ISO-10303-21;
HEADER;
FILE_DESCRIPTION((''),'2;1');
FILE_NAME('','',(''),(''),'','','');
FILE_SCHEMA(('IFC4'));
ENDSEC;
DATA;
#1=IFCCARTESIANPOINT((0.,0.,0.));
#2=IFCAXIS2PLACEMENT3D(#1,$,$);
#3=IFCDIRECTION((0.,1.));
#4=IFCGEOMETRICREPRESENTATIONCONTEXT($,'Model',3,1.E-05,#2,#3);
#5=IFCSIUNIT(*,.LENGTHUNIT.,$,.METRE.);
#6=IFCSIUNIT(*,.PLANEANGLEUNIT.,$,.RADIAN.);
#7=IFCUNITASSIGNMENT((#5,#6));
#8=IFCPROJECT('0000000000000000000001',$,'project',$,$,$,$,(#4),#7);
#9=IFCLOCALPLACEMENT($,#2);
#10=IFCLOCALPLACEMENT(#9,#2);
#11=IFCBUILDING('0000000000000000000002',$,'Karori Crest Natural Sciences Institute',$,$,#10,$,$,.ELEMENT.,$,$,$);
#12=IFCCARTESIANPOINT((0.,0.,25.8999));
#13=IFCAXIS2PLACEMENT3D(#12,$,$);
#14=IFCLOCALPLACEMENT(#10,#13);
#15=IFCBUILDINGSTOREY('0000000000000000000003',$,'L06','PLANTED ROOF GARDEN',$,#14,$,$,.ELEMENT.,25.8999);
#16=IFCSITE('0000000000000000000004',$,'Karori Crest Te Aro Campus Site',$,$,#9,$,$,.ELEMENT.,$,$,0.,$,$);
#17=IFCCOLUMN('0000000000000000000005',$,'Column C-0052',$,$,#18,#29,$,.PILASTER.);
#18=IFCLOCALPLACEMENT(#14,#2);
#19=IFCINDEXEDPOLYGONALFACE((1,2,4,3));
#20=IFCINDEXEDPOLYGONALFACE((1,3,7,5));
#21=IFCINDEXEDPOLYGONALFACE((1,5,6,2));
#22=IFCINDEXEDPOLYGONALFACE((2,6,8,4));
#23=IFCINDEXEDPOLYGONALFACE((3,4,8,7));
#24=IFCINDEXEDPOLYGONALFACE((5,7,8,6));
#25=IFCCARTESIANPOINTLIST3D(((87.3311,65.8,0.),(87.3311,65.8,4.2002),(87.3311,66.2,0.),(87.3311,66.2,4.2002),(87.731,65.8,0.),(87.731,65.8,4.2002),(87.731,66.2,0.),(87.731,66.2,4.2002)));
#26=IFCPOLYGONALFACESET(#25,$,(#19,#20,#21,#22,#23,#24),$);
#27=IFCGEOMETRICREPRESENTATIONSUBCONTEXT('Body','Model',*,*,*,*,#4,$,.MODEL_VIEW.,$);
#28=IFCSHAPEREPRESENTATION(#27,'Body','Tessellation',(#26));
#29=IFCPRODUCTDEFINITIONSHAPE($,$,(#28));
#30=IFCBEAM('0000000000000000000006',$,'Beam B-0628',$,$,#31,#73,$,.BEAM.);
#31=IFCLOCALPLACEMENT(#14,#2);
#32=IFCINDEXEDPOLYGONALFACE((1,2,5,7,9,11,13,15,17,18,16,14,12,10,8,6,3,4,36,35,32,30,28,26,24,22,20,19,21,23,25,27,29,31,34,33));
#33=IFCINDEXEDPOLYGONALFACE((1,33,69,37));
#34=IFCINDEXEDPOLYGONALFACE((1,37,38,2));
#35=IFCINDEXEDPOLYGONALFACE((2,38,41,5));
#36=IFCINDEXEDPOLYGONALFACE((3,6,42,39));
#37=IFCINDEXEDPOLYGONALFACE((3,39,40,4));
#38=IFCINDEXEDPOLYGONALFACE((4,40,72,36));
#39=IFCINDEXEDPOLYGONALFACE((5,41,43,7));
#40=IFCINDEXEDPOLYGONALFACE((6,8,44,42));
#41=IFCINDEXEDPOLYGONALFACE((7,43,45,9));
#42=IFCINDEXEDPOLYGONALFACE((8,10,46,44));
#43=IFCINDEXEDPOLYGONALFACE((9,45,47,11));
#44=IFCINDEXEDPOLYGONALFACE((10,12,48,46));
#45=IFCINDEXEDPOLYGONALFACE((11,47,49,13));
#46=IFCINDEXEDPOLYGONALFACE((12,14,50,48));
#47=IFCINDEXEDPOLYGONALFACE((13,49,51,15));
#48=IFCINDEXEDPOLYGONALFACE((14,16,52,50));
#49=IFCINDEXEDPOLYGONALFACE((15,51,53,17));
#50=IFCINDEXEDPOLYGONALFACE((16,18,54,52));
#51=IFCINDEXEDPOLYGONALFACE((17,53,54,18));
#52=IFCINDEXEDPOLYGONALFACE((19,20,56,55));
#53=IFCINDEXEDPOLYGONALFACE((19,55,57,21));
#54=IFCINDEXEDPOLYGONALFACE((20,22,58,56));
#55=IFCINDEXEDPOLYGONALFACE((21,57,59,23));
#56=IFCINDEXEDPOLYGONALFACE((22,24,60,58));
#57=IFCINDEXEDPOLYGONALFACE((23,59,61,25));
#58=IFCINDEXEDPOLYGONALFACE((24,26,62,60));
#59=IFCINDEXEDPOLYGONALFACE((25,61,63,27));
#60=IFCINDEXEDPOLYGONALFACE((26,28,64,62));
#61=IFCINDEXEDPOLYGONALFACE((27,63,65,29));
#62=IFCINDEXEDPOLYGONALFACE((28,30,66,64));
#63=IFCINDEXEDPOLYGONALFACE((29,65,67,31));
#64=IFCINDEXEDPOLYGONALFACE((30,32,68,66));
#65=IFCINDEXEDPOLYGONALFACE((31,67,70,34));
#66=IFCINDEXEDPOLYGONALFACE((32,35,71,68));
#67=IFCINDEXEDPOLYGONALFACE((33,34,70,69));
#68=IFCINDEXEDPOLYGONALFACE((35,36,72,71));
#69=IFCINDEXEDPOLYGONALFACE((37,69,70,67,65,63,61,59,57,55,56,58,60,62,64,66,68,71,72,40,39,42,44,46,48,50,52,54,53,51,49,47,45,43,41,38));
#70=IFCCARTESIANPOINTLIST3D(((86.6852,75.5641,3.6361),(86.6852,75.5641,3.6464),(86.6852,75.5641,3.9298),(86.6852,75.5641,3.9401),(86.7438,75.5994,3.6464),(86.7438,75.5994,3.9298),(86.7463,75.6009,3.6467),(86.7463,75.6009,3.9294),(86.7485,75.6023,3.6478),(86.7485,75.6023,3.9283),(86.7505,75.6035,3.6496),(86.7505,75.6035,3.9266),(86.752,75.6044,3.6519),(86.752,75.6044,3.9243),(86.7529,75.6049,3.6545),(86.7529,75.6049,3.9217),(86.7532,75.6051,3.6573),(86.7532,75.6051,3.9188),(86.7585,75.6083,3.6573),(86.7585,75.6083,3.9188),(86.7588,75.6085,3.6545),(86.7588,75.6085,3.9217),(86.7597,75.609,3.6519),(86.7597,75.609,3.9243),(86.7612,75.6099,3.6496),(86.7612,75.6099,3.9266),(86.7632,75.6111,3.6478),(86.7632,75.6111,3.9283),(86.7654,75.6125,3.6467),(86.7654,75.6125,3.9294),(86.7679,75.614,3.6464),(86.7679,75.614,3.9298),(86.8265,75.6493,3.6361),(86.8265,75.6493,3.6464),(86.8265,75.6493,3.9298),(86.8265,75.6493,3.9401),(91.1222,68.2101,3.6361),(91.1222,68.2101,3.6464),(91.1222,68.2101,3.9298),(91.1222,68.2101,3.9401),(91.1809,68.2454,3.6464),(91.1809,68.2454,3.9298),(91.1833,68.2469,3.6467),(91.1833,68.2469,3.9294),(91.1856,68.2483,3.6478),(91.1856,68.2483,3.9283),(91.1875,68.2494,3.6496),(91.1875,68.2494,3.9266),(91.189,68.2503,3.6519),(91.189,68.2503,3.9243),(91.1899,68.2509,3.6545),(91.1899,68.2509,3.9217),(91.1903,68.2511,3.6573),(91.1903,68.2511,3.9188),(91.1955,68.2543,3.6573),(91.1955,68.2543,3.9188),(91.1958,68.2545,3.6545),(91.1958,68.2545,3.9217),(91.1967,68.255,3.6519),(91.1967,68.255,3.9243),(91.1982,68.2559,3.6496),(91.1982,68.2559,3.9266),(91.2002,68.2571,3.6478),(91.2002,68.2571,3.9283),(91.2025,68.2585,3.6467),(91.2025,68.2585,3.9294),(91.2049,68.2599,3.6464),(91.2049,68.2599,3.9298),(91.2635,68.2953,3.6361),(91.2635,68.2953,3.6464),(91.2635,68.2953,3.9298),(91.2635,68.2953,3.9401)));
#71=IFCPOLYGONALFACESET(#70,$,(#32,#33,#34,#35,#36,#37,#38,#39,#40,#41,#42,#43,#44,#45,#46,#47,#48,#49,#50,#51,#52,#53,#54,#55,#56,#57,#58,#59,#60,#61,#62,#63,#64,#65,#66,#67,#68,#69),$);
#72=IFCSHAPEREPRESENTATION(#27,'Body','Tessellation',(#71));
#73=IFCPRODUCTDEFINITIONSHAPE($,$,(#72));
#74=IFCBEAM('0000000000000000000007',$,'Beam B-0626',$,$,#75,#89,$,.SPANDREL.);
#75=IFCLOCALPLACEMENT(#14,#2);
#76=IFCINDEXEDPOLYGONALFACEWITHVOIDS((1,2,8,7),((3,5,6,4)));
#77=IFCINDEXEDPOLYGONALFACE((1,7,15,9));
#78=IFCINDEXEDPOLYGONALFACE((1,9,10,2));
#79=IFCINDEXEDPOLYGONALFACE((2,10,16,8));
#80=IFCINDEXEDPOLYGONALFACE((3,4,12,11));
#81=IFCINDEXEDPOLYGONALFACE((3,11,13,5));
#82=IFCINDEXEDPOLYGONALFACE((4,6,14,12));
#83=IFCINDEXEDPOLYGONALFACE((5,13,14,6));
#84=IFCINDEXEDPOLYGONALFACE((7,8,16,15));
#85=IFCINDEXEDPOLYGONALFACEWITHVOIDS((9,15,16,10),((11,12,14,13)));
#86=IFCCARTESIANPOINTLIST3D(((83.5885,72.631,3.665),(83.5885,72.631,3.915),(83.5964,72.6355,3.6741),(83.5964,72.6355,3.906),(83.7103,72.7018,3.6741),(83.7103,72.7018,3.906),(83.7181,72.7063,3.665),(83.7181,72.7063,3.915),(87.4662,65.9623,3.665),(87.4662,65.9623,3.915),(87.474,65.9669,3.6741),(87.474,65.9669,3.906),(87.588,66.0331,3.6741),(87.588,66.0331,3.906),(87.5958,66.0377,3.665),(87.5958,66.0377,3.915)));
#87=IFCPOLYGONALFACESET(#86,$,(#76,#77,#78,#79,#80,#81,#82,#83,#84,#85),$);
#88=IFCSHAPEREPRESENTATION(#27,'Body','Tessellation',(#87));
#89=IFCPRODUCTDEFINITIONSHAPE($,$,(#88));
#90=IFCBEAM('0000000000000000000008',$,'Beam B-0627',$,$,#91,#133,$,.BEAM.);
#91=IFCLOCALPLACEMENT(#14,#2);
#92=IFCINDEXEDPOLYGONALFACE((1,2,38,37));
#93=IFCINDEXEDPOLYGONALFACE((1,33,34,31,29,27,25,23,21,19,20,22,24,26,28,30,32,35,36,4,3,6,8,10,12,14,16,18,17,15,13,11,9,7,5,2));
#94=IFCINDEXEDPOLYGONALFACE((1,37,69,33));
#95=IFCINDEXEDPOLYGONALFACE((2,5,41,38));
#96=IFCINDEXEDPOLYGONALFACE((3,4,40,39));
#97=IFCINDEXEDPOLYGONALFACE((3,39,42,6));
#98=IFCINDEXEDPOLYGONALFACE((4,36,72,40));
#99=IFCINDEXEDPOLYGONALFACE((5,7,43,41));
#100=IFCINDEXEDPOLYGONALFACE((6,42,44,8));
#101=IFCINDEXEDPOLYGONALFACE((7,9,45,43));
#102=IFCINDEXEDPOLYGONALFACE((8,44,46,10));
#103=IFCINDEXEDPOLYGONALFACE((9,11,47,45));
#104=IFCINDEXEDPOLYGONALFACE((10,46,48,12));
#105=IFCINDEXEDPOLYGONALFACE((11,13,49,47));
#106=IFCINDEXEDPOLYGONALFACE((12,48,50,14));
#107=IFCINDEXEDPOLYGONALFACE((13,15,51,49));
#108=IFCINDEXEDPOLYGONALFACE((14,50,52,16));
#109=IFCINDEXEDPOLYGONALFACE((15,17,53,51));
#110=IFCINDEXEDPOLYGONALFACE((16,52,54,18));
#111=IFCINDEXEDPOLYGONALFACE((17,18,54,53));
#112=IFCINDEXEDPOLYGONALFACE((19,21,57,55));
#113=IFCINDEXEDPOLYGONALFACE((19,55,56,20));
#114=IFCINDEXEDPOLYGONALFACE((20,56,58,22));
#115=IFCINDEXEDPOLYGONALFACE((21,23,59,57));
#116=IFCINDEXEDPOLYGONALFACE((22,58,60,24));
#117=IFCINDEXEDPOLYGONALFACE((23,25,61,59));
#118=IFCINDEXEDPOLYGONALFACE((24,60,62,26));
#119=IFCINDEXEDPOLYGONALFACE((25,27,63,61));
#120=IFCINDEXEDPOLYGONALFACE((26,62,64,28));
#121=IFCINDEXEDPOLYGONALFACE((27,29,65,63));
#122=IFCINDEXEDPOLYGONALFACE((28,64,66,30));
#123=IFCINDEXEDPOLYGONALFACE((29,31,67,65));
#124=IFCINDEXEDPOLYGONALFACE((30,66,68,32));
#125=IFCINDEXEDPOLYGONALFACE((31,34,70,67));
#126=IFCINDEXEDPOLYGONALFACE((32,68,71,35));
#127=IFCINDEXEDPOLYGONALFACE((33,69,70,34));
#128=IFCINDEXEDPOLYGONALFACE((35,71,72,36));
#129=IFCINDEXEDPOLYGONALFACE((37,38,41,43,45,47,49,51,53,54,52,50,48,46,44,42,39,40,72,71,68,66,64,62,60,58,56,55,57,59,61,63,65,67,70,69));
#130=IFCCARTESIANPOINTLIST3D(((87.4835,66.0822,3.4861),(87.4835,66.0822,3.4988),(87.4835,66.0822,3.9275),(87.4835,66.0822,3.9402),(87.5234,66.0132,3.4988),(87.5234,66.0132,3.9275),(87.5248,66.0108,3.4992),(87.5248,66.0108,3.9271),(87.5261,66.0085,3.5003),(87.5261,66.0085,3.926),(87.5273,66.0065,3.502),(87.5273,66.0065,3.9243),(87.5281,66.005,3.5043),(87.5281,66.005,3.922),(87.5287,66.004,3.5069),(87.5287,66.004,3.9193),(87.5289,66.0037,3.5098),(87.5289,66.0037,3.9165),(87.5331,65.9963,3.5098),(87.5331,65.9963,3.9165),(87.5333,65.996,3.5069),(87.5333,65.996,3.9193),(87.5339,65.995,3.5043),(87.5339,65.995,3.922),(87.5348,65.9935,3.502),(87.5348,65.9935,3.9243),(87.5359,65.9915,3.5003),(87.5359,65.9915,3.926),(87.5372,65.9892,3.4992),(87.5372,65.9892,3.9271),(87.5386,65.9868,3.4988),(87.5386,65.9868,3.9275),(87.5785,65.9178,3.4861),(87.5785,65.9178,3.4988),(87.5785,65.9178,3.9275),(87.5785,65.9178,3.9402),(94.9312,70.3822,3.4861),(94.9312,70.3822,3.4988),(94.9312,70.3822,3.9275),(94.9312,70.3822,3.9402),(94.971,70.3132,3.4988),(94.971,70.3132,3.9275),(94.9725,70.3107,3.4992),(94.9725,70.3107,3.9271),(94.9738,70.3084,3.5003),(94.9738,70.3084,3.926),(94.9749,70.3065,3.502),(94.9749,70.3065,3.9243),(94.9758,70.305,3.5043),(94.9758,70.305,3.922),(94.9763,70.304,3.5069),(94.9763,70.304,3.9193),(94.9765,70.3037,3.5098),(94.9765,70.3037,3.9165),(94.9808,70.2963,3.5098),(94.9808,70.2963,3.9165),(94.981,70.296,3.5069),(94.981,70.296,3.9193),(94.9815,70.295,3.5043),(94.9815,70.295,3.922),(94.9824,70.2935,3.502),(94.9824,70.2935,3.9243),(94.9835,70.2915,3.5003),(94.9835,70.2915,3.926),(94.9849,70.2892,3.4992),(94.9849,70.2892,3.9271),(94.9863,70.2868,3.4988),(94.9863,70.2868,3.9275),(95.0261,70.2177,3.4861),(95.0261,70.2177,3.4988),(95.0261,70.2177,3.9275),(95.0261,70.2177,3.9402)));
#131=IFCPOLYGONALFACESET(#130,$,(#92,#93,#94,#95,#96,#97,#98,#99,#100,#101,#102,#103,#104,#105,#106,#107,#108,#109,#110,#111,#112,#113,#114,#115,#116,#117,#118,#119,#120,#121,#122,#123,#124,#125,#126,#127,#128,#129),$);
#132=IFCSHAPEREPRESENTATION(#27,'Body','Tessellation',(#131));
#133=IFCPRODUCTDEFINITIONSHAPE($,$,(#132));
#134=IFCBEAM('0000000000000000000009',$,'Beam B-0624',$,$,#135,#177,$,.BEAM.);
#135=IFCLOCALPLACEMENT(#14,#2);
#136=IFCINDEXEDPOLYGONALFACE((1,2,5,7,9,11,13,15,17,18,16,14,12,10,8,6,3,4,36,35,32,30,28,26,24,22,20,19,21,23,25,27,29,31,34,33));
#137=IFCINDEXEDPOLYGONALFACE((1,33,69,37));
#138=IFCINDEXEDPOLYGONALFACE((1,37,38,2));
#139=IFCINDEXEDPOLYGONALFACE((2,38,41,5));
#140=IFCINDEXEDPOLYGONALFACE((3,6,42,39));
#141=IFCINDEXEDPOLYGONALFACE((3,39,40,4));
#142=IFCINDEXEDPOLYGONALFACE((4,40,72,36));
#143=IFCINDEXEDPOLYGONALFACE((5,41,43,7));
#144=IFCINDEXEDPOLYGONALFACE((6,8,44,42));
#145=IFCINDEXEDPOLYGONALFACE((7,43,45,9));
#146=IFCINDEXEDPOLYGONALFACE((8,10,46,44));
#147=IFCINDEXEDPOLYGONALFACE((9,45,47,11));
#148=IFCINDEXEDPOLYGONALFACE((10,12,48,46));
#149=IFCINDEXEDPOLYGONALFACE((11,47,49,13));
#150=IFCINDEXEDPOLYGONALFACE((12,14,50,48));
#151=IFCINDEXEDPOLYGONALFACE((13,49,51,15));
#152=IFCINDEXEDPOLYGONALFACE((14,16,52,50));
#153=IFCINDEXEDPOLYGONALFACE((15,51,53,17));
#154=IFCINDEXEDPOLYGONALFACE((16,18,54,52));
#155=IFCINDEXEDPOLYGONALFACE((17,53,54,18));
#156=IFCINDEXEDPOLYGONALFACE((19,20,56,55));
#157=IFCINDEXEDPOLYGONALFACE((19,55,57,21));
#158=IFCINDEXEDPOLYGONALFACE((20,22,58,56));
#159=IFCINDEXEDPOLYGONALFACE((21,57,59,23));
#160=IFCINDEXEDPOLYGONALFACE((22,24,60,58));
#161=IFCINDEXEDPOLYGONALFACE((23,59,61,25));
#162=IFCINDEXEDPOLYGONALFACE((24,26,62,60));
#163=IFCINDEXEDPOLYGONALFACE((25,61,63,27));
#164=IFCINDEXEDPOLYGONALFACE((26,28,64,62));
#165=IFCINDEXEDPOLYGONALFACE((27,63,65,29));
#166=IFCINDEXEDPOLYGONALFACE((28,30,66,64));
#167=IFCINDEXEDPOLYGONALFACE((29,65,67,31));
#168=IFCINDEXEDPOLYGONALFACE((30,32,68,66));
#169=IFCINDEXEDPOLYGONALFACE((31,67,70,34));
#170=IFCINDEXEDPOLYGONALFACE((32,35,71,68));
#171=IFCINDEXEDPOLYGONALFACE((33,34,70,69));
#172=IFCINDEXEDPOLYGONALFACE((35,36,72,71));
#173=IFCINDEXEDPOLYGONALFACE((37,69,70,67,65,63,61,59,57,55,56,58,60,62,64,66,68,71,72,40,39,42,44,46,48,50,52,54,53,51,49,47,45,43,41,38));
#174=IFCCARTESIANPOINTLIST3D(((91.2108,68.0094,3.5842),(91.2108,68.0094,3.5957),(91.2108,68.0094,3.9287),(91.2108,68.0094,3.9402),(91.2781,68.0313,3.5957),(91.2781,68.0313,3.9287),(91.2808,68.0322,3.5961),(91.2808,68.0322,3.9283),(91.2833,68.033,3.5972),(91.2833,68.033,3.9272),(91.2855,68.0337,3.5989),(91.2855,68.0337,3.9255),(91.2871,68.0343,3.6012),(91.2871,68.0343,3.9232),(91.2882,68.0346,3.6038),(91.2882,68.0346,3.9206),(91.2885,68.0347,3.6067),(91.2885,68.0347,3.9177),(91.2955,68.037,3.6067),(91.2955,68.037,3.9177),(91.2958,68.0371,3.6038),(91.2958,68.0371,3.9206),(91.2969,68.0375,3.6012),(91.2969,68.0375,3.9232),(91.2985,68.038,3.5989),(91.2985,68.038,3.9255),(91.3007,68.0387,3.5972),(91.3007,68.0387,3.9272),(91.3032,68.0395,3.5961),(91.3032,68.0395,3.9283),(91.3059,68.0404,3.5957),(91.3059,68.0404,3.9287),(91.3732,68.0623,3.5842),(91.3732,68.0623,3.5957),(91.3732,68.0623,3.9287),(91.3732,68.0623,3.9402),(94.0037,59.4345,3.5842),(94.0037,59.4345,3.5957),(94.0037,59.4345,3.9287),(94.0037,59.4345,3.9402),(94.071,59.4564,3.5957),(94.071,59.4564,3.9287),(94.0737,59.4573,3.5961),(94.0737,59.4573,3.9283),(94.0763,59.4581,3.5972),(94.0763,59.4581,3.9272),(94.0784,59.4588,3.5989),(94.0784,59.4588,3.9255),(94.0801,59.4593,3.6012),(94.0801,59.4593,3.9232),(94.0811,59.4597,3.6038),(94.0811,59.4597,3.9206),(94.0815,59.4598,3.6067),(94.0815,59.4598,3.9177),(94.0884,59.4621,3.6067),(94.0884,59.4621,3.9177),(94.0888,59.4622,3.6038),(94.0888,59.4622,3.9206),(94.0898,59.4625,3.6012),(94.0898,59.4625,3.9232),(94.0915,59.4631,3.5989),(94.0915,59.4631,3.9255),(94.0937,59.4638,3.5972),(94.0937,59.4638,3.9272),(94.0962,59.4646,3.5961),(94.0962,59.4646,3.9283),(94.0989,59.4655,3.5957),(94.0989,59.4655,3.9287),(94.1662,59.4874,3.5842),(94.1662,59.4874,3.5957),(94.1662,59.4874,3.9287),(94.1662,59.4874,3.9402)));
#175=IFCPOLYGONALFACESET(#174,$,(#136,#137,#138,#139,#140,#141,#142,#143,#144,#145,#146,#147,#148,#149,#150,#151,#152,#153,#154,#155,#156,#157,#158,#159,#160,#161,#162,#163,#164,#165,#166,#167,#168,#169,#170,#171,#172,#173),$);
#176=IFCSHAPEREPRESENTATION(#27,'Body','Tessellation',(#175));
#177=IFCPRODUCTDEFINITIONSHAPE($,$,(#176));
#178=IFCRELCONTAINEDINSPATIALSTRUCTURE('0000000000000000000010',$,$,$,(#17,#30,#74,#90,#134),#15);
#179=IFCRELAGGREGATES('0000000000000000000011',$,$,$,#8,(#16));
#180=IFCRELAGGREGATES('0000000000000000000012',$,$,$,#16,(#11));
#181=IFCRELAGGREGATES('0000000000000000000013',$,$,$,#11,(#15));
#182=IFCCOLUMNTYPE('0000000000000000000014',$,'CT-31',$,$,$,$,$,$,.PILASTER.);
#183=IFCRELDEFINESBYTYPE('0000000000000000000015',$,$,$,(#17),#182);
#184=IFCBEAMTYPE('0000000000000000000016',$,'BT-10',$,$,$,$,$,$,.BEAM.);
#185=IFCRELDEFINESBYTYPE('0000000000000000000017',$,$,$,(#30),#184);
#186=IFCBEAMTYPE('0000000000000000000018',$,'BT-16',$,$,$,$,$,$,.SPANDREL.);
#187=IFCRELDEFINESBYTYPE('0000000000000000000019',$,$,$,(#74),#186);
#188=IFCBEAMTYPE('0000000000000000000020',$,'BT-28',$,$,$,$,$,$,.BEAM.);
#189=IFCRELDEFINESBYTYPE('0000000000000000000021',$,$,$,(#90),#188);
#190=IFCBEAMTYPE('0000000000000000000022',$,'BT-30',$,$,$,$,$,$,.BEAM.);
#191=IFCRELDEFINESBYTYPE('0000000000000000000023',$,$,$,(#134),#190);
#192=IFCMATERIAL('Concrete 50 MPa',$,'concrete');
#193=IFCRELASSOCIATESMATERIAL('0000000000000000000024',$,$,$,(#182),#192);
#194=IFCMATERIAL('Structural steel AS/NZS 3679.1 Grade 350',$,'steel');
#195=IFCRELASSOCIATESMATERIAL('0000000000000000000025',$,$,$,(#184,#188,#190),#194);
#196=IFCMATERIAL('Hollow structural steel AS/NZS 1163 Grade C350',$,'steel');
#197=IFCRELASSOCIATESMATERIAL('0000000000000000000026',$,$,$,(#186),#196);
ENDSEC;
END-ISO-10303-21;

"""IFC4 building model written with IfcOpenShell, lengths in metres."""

from ifc_helpers import new_model, si_unit, direction, frame, origin, origin_2d, place, context, subcontext, project, spatial, rectangle, hollow_rectangle, i_section, extrude, material, material_profile, profile_set, type_object, element, save


model = new_model("IFC4")

# Units and contexts
model_context = context("Model", 3, precision=1e-05, world=origin(), true_north=direction((0.0, 1.0)))
body_context = subcontext(model_context, "Body", "Model", "MODEL_VIEW")
ifc_project = project(units=[si_unit("LENGTHUNIT", "METRE"), si_unit("PLANEANGLEUNIT", "RADIAN")], contexts=[model_context])

# Site, building, storey
site_placement = place(None, origin())
site = spatial("IfcSite", under=ifc_project, at=site_placement, Name="Karori Crest Te Aro Campus Site", CompositionType="ELEMENT", RefElevation=0.0)
building_placement = place(site_placement, origin())
building = spatial("IfcBuilding", under=site, at=building_placement, Name="Karori Crest Natural Sciences Institute", CompositionType="ELEMENT")
storey_placement = place(building_placement, frame((0.0, 0.0, 25.8999)))
storey = spatial("IfcBuildingStorey", under=building, at=storey_placement, Name="L06", Description="PLANTED ROOF GARDEN", CompositionType="ELEMENT", Elevation=25.8999)

# Column
ifc_material_1 = material(Name="Concrete 50 MPa", Category="concrete")
ifc_material_profile_1 = material_profile(ifc_material_1, rectangle(XDim=0.3999, YDim=0.3999, at=origin_2d()), Name="RC400x400")
ifc_profile_set_1 = profile_set([ifc_material_profile_1], Name="Concrete 50 MPa")
column_type = type_object("IfcColumnType", Name="CT-31", PredefinedType="PILASTER", material=ifc_profile_set_1)
column_placement = place(storey_placement, frame((87.531, 66.0, 0.0), z_axis=(0.0, 0.0, 1.0), x_axis=(1.0, 0.0, 0.0)))
element("IfcColumn", 1, at=column_placement, inside=storey, type_object=column_type, Name="Column C-0052", PredefinedType="PILASTER", context=body_context, shape_type="SweptSolid", body=[
    extrude(rectangle(XDim=0.3999, YDim=0.3999, at=origin_2d()), origin(), (0.0, 0.0, 1.0), 4.2002),
])

# Beams
ifc_material_2 = material(Name="Structural steel AS/NZS 3679.1 Grade 350", Category="steel")
ifc_material_profile_2 = material_profile(ifc_material_2, i_section(OverallWidth=0.165, OverallDepth=0.304, WebThickness=0.0061, FlangeThickness=0.0103, FilletRadius=0.011, at=origin_2d()), Name="310UB40.4")
ifc_profile_set_2 = profile_set([ifc_material_profile_2], Name="Structural steel AS/NZS 3679.1 Grade 350")
beam_type_1 = type_object("IfcBeamType", Name="BT-10", PredefinedType="BEAM", material=ifc_profile_set_2)
beam_1_placement = place(storey_placement, frame((91.1929, 68.2527, 3.7881), z_axis=(-0.516601, 0.856226, 0.0), x_axis=(-0.856226, -0.516601, 0.0)))
element("IfcBeam", 2, at=beam_1_placement, inside=storey, type_object=beam_type_1, Name="Beam B-0628", PredefinedType="BEAM", context=body_context, shape_type="SweptSolid", body=[
    extrude(i_section(OverallWidth=0.165, OverallDepth=0.304, WebThickness=0.0061, FlangeThickness=0.0103, FilletRadius=0.011, at=origin_2d()), origin(), (0.0, 0.0, 1.0), 8.5889),
])
ifc_material_3 = material(Name="Hollow structural steel AS/NZS 1163 Grade C350", Category="steel")
ifc_material_profile_3 = material_profile(ifc_material_3, hollow_rectangle(XDim=0.1499, YDim=0.25, WallThickness=0.009, at=origin_2d()), Name="RHS250x150x9")
ifc_profile_set_3 = profile_set([ifc_material_profile_3], Name="Hollow structural steel AS/NZS 1163 Grade C350")
beam_type_2 = type_object("IfcBeamType", Name="BT-16", PredefinedType="SPANDREL", material=ifc_profile_set_3)
beam_2_placement = place(storey_placement, frame((87.531, 66.0, 3.79), z_axis=(-0.502672, 0.864477, 0.0), x_axis=(-0.864477, -0.502672, 0.0)))
element("IfcBeam", 3, at=beam_2_placement, inside=storey, type_object=beam_type_2, Name="Beam B-0626", PredefinedType="SPANDREL", context=body_context, shape_type="SweptSolid", body=[
    extrude(hollow_rectangle(XDim=0.1499, YDim=0.25, WallThickness=0.009, at=origin_2d()), origin(), (0.0, 0.0, 1.0), 7.7141),
])
ifc_material_profile_4 = material_profile(ifc_material_2, i_section(OverallWidth=0.1899, OverallDepth=0.4541, WebThickness=0.0085, FlangeThickness=0.0127, FilletRadius=0.011, at=origin_2d()), Name="460UB67.1")
ifc_profile_set_4 = profile_set([ifc_material_profile_4], Name="Structural steel AS/NZS 3679.1 Grade 350")
beam_type_3 = type_object("IfcBeamType", Name="BT-28", PredefinedType="BEAM", material=ifc_profile_set_4)
beam_3_placement = place(storey_placement, frame((87.531, 66.0, 3.7131), z_axis=(0.866021, 0.500008, 0.0), x_axis=(-0.500008, 0.866021, 0.0)))
element("IfcBeam", 4, at=beam_3_placement, inside=storey, type_object=beam_type_3, Name="Beam B-0627", PredefinedType="BEAM", context=body_context, shape_type="SweptSolid", body=[
    extrude(i_section(OverallWidth=0.1899, OverallDepth=0.4541, WebThickness=0.0085, FlangeThickness=0.0127, FilletRadius=0.011, at=origin_2d()), origin(), (0.0, 0.0, 1.0), 8.5999),
])
ifc_material_profile_5 = material_profile(ifc_material_2, i_section(OverallWidth=0.1709, OverallDepth=0.356, WebThickness=0.0073, FlangeThickness=0.0115, FilletRadius=0.011, at=origin_2d()), Name="360UB50.7")
ifc_profile_set_5 = profile_set([ifc_material_profile_5], Name="Structural steel AS/NZS 3679.1 Grade 350")
beam_type_4 = type_object("IfcBeamType", Name="BT-30", PredefinedType="BEAM", material=ifc_profile_set_5)
beam_4_placement = place(storey_placement, frame((94.085, 59.4609, 3.7622), z_axis=(-0.309699, 0.950835, 0.0), x_axis=(-0.950835, -0.309699, 0.0)))
element("IfcBeam", 5, at=beam_4_placement, inside=storey, type_object=beam_type_4, Name="Beam B-0624", PredefinedType="BEAM", context=body_context, shape_type="SweptSolid", body=[
    extrude(i_section(OverallWidth=0.1709, OverallDepth=0.356, WebThickness=0.0073, FlangeThickness=0.0115, FilletRadius=0.011, at=origin_2d()), origin(), (0.0, 0.0, 1.0), 9.0183),
])

save(model, "model.ifc")
